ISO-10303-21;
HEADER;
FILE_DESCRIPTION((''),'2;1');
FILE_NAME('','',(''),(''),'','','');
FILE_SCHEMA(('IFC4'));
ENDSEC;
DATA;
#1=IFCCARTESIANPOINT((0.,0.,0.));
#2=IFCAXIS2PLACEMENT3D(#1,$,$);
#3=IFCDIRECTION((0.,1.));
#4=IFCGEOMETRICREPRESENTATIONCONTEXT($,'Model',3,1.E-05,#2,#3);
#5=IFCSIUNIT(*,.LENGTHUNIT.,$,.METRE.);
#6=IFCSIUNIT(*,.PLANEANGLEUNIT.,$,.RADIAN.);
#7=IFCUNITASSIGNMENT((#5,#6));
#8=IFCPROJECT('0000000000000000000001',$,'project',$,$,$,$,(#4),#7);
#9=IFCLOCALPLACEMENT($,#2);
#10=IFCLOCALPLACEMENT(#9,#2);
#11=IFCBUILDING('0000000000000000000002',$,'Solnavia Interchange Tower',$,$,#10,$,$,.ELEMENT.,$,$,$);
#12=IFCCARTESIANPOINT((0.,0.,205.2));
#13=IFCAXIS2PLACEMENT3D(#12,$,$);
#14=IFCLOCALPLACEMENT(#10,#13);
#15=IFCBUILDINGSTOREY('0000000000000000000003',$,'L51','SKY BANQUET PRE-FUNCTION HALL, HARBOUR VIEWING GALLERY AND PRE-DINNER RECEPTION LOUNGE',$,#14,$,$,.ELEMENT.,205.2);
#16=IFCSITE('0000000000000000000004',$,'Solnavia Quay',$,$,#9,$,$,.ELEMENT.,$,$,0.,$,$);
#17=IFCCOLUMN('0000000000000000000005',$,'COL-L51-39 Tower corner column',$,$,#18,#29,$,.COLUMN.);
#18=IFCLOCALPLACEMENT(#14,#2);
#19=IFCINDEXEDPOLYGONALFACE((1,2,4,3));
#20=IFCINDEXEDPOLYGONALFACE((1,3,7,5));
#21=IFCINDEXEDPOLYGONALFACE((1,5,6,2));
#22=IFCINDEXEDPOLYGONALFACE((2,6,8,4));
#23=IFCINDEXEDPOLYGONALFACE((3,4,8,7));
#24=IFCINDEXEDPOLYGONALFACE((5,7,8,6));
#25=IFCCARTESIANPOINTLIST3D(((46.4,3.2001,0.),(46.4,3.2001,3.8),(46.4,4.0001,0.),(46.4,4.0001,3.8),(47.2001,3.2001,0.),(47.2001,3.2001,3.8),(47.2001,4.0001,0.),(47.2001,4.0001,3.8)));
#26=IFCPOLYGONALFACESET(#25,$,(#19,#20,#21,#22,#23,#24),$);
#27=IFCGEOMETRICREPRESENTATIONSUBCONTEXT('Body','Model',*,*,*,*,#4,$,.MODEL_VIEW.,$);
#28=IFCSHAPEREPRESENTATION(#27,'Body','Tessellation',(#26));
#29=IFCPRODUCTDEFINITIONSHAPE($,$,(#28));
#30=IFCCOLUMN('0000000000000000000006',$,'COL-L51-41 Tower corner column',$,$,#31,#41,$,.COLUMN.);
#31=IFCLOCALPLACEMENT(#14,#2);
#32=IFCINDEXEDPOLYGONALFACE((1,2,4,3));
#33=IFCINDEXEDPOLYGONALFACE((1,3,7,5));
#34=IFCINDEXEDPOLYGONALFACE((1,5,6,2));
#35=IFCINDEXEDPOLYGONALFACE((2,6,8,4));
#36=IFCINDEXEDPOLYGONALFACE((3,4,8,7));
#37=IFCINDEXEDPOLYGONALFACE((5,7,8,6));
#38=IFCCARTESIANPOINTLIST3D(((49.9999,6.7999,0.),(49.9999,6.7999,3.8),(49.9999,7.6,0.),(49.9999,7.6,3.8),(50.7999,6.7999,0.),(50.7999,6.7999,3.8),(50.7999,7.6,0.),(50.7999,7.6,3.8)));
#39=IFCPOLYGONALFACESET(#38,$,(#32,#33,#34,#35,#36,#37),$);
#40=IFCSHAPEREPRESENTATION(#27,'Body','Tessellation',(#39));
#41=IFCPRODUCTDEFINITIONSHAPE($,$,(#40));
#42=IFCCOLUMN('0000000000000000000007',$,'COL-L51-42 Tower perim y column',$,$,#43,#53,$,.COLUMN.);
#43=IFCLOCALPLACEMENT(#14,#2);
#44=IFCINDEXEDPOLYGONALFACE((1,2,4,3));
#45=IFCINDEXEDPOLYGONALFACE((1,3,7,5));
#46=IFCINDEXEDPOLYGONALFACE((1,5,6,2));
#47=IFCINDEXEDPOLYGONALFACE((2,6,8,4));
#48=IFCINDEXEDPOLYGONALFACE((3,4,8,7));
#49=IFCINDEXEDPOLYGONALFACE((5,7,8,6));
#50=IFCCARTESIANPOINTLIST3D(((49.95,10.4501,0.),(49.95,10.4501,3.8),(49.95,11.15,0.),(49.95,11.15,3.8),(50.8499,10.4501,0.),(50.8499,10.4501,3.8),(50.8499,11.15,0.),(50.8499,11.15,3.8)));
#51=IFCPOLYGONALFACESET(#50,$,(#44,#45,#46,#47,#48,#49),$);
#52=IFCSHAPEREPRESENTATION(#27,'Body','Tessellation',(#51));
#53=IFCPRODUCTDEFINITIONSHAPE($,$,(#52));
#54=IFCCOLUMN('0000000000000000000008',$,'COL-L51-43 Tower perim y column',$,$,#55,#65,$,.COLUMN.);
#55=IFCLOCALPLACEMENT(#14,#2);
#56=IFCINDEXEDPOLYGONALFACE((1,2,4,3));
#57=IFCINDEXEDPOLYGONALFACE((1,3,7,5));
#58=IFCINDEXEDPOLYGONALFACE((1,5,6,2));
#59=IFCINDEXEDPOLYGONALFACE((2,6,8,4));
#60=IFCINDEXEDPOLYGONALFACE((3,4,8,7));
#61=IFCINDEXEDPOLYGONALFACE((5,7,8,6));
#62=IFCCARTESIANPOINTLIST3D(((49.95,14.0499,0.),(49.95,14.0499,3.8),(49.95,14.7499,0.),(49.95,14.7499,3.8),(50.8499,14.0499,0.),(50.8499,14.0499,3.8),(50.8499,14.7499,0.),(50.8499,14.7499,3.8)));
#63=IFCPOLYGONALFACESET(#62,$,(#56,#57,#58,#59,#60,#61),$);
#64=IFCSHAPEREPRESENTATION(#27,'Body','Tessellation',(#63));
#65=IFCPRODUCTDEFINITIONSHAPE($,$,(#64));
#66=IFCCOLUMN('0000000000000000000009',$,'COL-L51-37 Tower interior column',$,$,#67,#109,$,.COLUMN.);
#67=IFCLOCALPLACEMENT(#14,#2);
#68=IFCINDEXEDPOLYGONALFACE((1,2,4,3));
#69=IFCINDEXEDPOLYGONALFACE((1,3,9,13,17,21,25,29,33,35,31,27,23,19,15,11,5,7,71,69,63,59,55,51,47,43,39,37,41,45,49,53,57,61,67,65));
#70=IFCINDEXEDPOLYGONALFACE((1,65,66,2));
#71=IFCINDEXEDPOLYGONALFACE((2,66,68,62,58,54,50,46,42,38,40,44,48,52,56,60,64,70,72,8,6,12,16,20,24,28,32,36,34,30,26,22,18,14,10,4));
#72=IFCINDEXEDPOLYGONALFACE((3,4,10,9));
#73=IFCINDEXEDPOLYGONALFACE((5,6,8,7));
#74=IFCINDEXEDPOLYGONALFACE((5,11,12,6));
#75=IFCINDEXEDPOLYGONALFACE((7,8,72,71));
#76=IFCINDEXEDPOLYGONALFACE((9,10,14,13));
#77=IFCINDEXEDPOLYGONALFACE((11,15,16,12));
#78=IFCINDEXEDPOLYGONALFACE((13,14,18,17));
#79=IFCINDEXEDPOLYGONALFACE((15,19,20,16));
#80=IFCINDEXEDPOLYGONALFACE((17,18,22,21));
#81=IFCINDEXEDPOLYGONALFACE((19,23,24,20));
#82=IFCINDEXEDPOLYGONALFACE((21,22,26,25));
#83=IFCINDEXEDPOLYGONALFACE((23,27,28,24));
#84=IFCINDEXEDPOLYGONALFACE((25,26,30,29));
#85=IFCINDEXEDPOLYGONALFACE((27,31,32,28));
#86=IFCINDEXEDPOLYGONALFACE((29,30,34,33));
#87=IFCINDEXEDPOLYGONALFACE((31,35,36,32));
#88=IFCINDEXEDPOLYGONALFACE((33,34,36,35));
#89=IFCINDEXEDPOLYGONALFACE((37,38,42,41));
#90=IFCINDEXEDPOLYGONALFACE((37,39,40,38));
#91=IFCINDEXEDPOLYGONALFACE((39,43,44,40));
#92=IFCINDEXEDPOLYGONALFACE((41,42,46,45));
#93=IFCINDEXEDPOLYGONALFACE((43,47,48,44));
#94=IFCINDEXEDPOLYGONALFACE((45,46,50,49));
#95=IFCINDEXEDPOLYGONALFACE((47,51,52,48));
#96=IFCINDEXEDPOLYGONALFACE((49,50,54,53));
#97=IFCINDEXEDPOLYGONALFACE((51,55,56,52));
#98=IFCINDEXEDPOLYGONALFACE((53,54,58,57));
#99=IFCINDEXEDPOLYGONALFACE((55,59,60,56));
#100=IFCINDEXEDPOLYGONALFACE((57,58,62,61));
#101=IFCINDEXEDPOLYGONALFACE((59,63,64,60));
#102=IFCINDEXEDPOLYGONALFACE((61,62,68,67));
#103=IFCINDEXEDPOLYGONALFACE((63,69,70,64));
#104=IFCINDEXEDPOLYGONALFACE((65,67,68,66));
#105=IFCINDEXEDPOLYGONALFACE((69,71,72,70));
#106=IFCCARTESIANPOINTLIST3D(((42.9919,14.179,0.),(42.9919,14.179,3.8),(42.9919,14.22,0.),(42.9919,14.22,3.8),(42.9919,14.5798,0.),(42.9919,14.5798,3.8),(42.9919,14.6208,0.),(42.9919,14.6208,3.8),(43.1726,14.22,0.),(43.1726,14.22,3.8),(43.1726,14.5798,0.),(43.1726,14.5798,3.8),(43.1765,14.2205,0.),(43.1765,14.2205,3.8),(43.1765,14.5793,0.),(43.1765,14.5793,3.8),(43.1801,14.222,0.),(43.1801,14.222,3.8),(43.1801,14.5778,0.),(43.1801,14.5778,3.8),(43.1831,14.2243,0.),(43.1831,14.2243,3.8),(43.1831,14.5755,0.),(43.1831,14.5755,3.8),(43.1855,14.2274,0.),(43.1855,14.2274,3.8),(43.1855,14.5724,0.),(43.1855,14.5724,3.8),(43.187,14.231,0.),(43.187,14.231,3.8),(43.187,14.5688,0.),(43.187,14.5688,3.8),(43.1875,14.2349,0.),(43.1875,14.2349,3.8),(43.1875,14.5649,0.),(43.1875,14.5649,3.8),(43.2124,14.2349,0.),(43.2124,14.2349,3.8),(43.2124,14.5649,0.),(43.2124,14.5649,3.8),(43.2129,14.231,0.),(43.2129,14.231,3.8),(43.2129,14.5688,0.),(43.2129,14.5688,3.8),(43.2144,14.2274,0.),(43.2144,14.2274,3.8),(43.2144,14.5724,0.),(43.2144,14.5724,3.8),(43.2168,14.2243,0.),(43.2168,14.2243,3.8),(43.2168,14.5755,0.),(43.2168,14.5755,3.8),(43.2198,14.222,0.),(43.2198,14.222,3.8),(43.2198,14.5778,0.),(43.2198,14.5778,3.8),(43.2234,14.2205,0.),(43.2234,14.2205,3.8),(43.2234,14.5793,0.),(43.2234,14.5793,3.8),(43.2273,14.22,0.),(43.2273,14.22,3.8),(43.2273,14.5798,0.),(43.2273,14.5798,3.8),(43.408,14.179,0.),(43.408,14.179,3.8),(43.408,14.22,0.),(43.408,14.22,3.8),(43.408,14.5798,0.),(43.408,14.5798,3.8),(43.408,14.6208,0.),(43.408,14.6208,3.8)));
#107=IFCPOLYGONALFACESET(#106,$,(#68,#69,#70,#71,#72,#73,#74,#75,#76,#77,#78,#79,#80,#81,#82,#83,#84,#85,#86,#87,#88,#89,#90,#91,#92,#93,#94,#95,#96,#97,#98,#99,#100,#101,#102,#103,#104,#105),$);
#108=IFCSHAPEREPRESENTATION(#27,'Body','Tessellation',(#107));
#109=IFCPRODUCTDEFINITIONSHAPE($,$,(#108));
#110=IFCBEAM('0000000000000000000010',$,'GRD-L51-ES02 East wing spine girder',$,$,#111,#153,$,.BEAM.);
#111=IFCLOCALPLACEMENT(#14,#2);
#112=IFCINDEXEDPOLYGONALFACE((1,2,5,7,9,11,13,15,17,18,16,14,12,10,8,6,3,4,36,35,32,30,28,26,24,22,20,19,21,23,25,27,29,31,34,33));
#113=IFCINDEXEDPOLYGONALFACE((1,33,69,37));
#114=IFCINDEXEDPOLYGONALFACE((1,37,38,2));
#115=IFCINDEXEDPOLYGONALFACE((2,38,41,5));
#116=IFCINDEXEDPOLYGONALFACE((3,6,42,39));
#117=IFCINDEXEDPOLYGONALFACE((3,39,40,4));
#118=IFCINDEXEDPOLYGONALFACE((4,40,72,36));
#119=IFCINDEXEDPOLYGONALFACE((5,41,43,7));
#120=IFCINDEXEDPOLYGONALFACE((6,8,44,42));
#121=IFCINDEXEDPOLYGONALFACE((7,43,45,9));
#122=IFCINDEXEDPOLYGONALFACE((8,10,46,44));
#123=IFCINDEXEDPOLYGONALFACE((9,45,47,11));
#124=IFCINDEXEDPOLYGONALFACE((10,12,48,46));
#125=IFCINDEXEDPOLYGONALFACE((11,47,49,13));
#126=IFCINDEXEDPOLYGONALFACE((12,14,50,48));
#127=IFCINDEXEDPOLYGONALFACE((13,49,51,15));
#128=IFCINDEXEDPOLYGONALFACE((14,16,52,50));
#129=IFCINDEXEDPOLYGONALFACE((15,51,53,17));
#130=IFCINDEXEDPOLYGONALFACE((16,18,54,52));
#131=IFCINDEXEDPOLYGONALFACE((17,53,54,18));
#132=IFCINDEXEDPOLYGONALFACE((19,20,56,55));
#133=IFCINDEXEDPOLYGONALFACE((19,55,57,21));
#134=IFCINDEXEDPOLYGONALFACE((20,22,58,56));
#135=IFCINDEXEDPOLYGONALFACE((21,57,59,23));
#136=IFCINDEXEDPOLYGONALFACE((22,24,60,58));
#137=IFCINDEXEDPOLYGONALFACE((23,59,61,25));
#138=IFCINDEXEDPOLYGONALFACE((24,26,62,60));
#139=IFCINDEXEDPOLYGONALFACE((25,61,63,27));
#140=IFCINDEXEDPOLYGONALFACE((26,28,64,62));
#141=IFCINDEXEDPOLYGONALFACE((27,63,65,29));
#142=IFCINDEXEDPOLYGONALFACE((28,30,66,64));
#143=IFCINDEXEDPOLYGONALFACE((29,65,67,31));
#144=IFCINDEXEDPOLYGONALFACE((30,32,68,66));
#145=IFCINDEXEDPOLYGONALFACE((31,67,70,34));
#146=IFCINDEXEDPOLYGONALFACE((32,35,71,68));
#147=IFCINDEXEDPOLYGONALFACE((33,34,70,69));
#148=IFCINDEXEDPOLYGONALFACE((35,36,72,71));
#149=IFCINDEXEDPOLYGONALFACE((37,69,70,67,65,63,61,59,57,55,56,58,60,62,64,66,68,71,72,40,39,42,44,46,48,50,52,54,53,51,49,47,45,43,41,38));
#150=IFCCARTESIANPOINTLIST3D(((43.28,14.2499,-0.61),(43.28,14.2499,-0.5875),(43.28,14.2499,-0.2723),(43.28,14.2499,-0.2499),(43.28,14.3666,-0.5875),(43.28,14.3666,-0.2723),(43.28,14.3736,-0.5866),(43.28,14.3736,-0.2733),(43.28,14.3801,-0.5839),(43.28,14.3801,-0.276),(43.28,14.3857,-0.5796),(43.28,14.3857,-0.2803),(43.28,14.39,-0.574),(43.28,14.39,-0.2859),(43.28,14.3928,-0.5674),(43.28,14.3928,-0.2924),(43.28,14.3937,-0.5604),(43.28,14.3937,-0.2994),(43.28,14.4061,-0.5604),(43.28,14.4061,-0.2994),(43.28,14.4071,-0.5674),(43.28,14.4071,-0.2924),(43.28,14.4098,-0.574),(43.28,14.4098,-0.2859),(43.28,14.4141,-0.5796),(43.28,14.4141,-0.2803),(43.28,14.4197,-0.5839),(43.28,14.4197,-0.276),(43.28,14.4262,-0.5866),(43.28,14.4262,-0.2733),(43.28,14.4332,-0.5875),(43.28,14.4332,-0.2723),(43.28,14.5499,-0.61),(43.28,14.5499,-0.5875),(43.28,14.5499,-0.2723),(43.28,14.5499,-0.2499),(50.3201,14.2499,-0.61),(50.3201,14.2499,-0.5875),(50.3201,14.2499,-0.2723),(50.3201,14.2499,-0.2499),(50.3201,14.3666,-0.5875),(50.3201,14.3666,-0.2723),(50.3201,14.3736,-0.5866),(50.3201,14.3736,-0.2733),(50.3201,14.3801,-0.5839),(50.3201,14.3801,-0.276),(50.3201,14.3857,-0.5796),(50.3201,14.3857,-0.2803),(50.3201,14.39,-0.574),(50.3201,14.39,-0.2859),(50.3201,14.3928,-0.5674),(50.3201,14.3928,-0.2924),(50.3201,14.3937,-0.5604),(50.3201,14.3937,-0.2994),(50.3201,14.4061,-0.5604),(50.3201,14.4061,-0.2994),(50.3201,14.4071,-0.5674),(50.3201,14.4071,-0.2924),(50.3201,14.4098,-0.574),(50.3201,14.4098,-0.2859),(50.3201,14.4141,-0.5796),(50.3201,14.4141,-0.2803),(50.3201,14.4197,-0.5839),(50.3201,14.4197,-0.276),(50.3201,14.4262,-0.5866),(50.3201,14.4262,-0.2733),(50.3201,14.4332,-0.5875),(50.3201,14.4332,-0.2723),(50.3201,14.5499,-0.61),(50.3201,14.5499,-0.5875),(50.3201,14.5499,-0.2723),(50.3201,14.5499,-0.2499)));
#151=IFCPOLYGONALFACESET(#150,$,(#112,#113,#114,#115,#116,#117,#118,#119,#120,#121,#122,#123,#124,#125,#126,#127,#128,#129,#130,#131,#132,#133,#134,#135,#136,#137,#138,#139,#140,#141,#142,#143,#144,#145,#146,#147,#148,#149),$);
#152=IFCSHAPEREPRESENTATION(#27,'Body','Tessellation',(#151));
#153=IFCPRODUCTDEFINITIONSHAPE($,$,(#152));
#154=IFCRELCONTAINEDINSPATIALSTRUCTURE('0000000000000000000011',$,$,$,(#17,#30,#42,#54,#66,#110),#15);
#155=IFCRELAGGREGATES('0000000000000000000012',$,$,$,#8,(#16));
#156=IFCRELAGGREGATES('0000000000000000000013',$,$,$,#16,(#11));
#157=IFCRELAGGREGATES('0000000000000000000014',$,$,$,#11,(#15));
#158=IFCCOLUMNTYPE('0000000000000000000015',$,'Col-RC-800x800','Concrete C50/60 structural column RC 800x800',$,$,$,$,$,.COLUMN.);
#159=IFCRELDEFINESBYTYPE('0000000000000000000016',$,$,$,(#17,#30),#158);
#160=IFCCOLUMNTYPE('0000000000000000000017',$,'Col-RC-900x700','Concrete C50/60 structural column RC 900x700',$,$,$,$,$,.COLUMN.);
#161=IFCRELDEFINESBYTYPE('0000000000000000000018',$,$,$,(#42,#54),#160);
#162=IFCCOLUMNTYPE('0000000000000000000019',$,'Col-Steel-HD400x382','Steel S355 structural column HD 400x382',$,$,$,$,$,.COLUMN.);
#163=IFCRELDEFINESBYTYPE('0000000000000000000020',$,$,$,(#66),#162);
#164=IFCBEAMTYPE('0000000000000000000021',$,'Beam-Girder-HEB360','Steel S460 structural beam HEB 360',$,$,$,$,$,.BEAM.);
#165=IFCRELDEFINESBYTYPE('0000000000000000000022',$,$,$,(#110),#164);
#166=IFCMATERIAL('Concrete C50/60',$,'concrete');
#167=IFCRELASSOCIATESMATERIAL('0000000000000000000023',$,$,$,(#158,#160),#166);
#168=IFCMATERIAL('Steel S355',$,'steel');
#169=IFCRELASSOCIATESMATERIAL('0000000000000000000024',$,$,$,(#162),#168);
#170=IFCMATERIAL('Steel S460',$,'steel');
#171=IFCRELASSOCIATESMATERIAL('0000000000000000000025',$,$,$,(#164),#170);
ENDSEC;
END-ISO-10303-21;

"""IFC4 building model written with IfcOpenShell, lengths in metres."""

from ifc_helpers import new_model, si_unit, direction, frame, origin, origin_2d, place, context, subcontext, project, spatial, rectangle, i_section, extrude, material, material_profile, profile_set, type_object, element, save


model = new_model("IFC4")

# Units and contexts
model_context = context("Model", 3, precision=1e-05, world=origin(), true_north=direction((0.0, 1.0)))
body_context = subcontext(model_context, "Body", "Model", "MODEL_VIEW")
ifc_project = project(units=[si_unit("LENGTHUNIT", "METRE"), si_unit("PLANEANGLEUNIT", "RADIAN")], contexts=[model_context])

# Site, building, storey
site_placement = place(None, origin())
site = spatial("IfcSite", under=ifc_project, at=site_placement, Name="Solnavia Quay", CompositionType="ELEMENT", RefElevation=0.0)
building_placement = place(site_placement, origin())
building = spatial("IfcBuilding", under=site, at=building_placement, Name="Solnavia Interchange Tower", CompositionType="ELEMENT")
storey_placement = place(building_placement, frame((0.0, 0.0, 205.2)))
storey = spatial("IfcBuildingStorey", under=building, at=storey_placement, Name="L51", Description="SKY BANQUET PRE-FUNCTION HALL, HARBOUR VIEWING GALLERY AND PRE-DINNER RECEPTION LOUNGE", CompositionType="ELEMENT", Elevation=205.2)

# Columns
ifc_material_1 = material(Name="Concrete C50/60", Category="concrete")
ifc_material_profile_1 = material_profile(ifc_material_1, rectangle(XDim=0.8, YDim=0.8, at=origin_2d()), Name="RC 800x800")
ifc_profile_set_1 = profile_set([ifc_material_profile_1], Name="Concrete C50/60")
column_type_1 = type_object("IfcColumnType", Name="Col-RC-800x800", Description="Concrete C50/60 structural column RC 800x800", PredefinedType="COLUMN", material=ifc_profile_set_1)
for number, where, z_axis, x_axis, name in (
    (1, (46.8, 3.6001, 0.0), (0.0, 0.0, 1.0), (1.0, 0.0, 0.0), "COL-L51-39 Tower corner column"),
    (2, (50.3999, 7.2, 0.0), (0.0, 0.0, 1.0), (1.0, 0.0, 0.0), "COL-L51-41 Tower corner column"),
):
    element("IfcColumn", number, at=place(storey_placement, frame(where, z_axis=z_axis, x_axis=x_axis)), inside=storey, type_object=column_type_1, Name=name, PredefinedType="COLUMN", context=body_context, shape_type="SweptSolid", body=[
        extrude(rectangle(XDim=0.8, YDim=0.8, at=origin_2d()), origin(), (0.0, 0.0, 1.0), 3.8),
    ])
ifc_material_profile_2 = material_profile(ifc_material_1, rectangle(XDim=0.7, YDim=0.8999, at=origin_2d()), Name="RC 900x700")
ifc_profile_set_2 = profile_set([ifc_material_profile_2], Name="Concrete C50/60")
column_type_2 = type_object("IfcColumnType", Name="Col-RC-900x700", Description="Concrete C50/60 structural column RC 900x700", PredefinedType="COLUMN", material=ifc_profile_set_2)
for number, where, z_axis, x_axis, name in (
    (3, (50.3999, 10.8, 0.0), (0.0, 0.0, 1.0), (0.0, 1.0, 0.0), "COL-L51-42 Tower perim y column"),
    (4, (50.3999, 14.3999, 0.0), (0.0, 0.0, 1.0), (0.0, 1.0, 0.0), "COL-L51-43 Tower perim y column"),
):
    element("IfcColumn", number, at=place(storey_placement, frame(where, z_axis=z_axis, x_axis=x_axis)), inside=storey, type_object=column_type_2, Name=name, PredefinedType="COLUMN", context=body_context, shape_type="SweptSolid", body=[
        extrude(rectangle(XDim=0.7, YDim=0.8999, at=origin_2d()), origin(), (0.0, 0.0, 1.0), 3.8),
    ])
ifc_material_2 = material(Name="Steel S355", Category="steel")
ifc_material_profile_3 = material_profile(ifc_material_2, i_section(OverallWidth=0.416, OverallDepth=0.4419, WebThickness=0.0249, FlangeThickness=0.041, FilletRadius=0.0149, at=origin_2d()), Name="HD 400x382")
ifc_profile_set_3 = profile_set([ifc_material_profile_3], Name="Steel S355")
column_type_3 = type_object("IfcColumnType", Name="Col-Steel-HD400x382", Description="Steel S355 structural column HD 400x382", PredefinedType="COLUMN", material=ifc_profile_set_3)
column_placement = place(storey_placement, frame((43.2, 14.3999, 0.0), z_axis=(0.0, 0.0, 1.0), x_axis=(1.0, 0.0, 0.0)))
element("IfcColumn", 5, at=column_placement, inside=storey, type_object=column_type_3, Name="COL-L51-37 Tower interior column", PredefinedType="COLUMN", context=body_context, shape_type="SweptSolid", body=[
    extrude(i_section(OverallWidth=0.416, OverallDepth=0.4419, WebThickness=0.0249, FlangeThickness=0.041, FilletRadius=0.0149, at=origin_2d()), origin(), (0.0, 0.0, 1.0), 3.8),
])

# Beam
ifc_material_3 = material(Name="Steel S460", Category="steel")
ifc_material_profile_4 = material_profile(ifc_material_3, i_section(OverallWidth=0.3, OverallDepth=0.3601, WebThickness=0.0125, FlangeThickness=0.0225, FilletRadius=0.0271, at=origin_2d()), Name="HEB 360")
ifc_profile_set_4 = profile_set([ifc_material_profile_4], Name="Steel S460")
beam_type_1 = type_object("IfcBeamType", Name="Beam-Girder-HEB360", Description="Steel S460 structural beam HEB 360", PredefinedType="BEAM", material=ifc_profile_set_4)
beam_1_placement = place(storey_placement, frame((43.28, 14.3999, -0.4299), z_axis=(1.0, 0.0, 0.0), x_axis=(0.0, 1.0, 0.0)))
element("IfcBeam", 6, at=beam_1_placement, inside=storey, type_object=beam_type_1, Name="GRD-L51-ES02 East wing spine girder", PredefinedType="BEAM", context=body_context, shape_type="SweptSolid", body=[
    extrude(i_section(OverallWidth=0.3, OverallDepth=0.3601, WebThickness=0.0125, FlangeThickness=0.0225, FilletRadius=0.0271, at=origin_2d()), origin(), (0.0, 0.0, 1.0), 7.04),
])

save(model, "model.ifc")
